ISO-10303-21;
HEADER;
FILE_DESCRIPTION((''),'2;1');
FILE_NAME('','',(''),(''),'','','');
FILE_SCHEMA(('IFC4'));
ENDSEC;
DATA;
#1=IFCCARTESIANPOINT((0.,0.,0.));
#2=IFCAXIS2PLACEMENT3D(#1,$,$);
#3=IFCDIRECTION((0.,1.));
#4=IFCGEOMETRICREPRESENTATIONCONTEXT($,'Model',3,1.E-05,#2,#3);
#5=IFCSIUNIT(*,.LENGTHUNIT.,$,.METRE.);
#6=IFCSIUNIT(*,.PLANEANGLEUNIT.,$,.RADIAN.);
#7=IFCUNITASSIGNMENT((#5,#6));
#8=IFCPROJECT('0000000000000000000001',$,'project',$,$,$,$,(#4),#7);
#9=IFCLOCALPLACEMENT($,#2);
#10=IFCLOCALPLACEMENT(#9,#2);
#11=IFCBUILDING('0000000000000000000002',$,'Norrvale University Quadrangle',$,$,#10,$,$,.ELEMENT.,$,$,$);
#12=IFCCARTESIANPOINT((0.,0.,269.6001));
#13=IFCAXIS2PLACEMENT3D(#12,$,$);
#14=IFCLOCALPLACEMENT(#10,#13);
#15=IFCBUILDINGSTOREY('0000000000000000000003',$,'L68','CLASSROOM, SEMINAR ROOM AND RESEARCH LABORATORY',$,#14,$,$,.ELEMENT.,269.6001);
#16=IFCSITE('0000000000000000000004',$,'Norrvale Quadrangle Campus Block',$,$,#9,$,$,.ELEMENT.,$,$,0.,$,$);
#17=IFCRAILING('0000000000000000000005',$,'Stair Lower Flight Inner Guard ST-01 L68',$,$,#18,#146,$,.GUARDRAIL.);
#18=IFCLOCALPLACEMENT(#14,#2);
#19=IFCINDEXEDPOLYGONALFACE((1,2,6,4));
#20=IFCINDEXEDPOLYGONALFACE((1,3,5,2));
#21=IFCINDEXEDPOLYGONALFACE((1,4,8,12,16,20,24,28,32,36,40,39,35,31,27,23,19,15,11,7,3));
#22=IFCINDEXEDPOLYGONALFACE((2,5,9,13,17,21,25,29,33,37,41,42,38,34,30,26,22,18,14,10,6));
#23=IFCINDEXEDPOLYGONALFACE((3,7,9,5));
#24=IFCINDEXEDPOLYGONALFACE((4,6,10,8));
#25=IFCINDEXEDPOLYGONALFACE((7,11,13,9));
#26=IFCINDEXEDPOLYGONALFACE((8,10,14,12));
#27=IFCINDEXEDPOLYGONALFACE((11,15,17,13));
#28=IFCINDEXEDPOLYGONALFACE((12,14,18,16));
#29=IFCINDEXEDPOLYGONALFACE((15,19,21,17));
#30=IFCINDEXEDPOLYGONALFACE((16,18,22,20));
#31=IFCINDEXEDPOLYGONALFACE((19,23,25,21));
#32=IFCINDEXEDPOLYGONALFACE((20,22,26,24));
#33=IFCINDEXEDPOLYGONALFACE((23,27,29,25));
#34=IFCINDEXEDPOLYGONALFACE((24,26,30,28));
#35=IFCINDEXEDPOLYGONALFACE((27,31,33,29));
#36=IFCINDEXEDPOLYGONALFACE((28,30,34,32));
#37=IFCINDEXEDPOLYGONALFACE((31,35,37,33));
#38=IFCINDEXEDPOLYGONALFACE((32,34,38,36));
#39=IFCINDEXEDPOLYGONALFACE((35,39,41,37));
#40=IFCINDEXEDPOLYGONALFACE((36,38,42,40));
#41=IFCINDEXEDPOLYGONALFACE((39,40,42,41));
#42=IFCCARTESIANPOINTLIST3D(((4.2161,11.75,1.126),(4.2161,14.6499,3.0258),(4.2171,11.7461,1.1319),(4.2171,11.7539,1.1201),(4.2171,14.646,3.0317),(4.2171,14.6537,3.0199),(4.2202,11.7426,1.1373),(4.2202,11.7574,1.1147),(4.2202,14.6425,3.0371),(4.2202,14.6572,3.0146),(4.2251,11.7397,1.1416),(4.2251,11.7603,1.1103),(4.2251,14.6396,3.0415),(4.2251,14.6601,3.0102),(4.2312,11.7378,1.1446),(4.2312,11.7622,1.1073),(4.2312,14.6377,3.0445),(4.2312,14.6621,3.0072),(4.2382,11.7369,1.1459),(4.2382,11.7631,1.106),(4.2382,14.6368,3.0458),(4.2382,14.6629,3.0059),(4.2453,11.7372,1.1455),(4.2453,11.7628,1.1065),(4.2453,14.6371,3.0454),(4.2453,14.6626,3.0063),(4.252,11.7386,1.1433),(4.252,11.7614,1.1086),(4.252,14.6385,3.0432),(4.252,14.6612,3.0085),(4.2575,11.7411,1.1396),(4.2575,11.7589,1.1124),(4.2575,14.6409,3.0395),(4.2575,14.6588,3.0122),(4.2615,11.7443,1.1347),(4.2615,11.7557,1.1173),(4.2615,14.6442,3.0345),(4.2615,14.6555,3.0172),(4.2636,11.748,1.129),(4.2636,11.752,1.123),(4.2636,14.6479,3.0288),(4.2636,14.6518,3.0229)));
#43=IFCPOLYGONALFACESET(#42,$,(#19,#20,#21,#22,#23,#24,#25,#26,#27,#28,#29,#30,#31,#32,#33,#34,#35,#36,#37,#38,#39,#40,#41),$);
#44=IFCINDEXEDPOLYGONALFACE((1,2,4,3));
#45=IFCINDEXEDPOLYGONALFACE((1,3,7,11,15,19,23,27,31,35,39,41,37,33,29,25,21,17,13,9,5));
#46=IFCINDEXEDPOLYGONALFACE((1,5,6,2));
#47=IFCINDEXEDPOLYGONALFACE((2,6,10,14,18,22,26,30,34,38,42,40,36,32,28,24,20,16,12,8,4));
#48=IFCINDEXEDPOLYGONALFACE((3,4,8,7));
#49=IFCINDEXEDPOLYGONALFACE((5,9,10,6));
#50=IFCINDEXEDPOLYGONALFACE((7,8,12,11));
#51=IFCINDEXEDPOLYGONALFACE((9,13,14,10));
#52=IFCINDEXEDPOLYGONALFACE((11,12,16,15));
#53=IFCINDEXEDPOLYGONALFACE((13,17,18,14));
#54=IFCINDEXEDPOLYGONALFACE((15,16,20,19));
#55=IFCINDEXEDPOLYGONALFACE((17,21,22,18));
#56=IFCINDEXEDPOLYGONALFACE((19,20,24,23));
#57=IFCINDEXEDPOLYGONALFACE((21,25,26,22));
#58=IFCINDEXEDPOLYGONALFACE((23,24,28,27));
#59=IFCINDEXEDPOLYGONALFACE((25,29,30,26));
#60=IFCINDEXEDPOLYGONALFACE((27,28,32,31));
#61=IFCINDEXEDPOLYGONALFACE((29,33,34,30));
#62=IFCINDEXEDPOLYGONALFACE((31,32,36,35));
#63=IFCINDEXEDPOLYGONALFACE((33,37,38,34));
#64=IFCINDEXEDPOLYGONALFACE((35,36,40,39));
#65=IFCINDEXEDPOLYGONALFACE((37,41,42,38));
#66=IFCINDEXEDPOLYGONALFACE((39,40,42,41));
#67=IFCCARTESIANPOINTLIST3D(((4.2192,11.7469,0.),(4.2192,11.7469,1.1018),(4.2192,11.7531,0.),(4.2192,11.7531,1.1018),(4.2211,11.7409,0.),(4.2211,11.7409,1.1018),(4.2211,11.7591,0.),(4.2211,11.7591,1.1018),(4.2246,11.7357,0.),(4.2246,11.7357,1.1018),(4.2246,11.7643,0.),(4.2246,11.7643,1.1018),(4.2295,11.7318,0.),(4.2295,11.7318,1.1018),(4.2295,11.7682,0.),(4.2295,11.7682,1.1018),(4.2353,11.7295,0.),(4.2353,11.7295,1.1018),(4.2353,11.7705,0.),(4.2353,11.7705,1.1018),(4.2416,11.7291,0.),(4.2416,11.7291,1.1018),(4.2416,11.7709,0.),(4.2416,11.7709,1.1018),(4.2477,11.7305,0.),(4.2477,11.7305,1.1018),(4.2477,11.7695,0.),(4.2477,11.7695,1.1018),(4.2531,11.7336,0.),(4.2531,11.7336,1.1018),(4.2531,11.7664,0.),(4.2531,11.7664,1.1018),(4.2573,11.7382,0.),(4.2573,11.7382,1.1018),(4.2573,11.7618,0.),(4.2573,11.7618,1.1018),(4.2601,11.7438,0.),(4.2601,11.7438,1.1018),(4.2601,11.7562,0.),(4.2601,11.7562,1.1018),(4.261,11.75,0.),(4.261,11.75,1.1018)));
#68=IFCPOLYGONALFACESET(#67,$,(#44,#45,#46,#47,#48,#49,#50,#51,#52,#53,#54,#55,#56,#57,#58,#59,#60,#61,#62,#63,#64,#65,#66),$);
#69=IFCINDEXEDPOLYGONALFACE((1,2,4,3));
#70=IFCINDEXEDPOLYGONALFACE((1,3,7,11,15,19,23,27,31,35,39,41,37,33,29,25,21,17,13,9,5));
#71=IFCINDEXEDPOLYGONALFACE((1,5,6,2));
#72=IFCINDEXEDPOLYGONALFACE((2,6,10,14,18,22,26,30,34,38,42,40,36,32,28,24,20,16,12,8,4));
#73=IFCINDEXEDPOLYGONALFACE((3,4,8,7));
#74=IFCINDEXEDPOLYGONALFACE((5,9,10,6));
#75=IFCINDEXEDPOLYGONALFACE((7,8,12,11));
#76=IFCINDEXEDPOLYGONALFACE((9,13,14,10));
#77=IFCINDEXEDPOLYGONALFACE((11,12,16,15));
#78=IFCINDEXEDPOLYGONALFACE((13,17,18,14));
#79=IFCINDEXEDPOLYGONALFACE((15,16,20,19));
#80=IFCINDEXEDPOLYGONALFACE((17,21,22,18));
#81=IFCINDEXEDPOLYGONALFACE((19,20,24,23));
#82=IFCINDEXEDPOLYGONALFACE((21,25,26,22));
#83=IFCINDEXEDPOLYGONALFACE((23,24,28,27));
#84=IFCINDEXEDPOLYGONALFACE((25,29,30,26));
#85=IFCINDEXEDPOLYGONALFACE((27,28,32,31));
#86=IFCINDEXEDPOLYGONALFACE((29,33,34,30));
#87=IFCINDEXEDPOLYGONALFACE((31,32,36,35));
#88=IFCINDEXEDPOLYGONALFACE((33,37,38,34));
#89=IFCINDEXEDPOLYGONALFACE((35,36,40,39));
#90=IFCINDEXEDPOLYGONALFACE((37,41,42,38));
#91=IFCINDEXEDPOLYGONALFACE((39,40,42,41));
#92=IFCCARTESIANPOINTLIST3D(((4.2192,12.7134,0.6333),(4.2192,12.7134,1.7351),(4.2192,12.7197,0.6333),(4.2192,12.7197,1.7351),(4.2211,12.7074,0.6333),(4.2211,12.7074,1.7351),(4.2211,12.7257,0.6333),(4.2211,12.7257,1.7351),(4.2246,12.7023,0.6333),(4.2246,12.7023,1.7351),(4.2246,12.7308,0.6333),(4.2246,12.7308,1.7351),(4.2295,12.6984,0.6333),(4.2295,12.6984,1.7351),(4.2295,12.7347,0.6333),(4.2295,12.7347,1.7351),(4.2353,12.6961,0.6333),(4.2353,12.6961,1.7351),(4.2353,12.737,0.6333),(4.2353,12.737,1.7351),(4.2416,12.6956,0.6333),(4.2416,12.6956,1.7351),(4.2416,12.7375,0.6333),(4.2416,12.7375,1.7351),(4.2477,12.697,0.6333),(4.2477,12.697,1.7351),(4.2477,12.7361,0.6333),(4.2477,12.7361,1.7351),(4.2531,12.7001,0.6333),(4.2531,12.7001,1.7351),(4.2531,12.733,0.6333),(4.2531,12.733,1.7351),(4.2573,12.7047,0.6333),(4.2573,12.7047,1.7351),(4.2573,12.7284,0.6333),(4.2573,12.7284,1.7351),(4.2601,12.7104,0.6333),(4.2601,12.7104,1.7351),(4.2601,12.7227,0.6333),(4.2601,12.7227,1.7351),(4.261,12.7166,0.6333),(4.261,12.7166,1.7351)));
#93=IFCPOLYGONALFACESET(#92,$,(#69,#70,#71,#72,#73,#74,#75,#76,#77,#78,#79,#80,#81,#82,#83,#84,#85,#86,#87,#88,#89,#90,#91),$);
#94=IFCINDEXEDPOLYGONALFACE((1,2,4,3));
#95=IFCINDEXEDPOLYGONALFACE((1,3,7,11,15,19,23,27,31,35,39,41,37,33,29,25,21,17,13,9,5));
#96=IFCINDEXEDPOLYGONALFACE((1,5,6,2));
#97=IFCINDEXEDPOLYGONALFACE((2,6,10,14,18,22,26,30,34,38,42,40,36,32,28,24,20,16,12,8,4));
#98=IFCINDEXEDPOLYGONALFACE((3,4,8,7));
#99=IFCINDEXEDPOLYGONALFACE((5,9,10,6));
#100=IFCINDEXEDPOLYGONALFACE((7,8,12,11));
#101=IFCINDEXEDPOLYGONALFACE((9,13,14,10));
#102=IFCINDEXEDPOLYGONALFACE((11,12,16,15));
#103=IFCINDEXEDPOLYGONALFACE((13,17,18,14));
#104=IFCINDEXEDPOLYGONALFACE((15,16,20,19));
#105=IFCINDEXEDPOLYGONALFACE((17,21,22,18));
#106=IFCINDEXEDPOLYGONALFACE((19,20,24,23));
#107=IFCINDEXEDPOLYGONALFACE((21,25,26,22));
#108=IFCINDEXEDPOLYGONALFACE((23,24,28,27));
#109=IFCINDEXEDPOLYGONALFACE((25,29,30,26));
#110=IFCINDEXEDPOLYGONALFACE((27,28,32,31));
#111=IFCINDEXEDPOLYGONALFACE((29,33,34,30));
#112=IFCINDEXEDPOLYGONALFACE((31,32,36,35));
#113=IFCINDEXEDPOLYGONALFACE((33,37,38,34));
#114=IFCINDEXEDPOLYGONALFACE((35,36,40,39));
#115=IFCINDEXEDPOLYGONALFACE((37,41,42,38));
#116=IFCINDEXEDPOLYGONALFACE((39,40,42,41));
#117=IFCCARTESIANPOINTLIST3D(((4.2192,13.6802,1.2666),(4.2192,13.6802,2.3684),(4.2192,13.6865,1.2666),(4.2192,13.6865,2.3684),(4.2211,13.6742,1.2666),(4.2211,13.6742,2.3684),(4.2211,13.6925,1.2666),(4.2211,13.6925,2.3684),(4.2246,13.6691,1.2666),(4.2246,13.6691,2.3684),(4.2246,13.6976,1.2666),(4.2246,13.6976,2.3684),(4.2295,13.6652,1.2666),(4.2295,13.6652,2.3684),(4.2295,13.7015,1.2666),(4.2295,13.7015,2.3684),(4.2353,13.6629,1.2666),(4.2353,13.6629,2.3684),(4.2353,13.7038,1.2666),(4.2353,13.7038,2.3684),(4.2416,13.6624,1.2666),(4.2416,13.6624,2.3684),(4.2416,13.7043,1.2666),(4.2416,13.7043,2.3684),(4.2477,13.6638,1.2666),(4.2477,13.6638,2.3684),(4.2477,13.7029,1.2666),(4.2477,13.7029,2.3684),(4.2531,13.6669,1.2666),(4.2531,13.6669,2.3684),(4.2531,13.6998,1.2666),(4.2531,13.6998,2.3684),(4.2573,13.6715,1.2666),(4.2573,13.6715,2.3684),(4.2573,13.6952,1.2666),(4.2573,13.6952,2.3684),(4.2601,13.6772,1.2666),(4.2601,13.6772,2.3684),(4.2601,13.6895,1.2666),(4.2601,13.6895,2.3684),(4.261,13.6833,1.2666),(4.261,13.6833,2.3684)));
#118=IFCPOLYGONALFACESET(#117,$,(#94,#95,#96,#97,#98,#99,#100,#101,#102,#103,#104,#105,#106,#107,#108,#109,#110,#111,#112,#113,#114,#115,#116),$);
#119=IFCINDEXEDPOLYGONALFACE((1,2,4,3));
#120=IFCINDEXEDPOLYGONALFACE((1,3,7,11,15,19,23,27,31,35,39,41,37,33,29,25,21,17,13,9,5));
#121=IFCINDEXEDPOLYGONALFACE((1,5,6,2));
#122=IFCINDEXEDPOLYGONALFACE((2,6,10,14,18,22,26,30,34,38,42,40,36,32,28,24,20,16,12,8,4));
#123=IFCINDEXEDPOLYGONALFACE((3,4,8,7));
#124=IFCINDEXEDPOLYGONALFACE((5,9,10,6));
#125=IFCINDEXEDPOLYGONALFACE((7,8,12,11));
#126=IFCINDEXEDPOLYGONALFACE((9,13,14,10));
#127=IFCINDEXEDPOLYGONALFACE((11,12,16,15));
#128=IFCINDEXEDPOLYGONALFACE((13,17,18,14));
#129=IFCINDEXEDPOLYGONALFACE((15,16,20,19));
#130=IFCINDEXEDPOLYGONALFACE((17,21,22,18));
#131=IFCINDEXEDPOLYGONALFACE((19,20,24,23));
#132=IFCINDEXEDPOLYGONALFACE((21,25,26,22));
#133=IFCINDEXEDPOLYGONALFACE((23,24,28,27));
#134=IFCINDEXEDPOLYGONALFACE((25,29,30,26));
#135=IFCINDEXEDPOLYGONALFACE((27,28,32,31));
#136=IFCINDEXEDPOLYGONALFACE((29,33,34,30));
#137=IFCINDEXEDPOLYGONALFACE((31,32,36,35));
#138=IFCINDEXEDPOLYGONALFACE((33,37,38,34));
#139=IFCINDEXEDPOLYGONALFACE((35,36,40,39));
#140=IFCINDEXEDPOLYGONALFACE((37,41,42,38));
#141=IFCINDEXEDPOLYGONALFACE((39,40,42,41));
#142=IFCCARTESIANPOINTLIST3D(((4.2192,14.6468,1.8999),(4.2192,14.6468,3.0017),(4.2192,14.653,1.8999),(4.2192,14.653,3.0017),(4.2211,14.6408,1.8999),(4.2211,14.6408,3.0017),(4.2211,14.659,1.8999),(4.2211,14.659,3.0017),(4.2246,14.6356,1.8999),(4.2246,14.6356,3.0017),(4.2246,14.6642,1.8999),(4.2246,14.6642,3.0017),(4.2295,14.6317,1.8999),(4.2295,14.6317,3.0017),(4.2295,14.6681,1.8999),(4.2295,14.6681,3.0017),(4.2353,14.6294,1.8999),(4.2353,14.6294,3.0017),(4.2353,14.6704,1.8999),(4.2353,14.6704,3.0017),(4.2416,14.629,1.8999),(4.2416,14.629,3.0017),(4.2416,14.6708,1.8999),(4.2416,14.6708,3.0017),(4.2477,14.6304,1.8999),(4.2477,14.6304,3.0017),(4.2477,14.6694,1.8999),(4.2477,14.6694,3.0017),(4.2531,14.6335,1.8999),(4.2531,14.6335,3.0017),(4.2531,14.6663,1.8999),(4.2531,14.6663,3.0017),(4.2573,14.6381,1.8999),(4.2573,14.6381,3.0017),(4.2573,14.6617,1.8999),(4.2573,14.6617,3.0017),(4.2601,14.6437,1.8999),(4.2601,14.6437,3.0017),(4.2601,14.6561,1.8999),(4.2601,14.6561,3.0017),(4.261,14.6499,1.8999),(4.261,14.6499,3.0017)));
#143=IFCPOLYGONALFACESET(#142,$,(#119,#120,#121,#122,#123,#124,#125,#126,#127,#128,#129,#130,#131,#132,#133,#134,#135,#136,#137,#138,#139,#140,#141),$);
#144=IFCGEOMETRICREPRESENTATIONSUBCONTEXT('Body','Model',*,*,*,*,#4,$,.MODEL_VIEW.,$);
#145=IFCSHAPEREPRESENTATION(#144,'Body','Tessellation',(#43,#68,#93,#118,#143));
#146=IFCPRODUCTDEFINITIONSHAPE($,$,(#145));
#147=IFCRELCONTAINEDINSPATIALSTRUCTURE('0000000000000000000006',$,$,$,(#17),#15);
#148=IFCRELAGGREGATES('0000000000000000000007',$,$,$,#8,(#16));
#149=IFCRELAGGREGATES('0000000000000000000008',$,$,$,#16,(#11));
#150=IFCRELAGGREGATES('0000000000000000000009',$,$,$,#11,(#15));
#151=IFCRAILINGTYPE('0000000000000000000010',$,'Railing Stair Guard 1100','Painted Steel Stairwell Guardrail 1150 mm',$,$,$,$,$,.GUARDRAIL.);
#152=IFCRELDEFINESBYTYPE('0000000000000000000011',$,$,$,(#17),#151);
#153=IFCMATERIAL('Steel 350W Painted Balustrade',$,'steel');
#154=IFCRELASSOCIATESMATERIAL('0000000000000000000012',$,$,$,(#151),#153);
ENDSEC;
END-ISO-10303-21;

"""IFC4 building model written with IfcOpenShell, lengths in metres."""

from ifc_helpers import new_model, si_unit, direction, frame, origin, origin_2d, place, context, subcontext, project, spatial, circle, extrude, material, type_object, element, save


model = new_model("IFC4")

# Units and contexts
model_context = context("Model", 3, precision=1e-05, world=origin(), true_north=direction((0.0, 1.0)))
body_context = subcontext(model_context, "Body", "Model", "MODEL_VIEW")
ifc_project = project(units=[si_unit("LENGTHUNIT", "METRE"), si_unit("PLANEANGLEUNIT", "RADIAN")], contexts=[model_context])

# Site, building, storey
site_placement = place(None, origin())
site = spatial("IfcSite", under=ifc_project, at=site_placement, Name="Norrvale Quadrangle Campus Block", CompositionType="ELEMENT", RefElevation=0.0)
building_placement = place(site_placement, origin())
building = spatial("IfcBuilding", under=site, at=building_placement, Name="Norrvale University Quadrangle", CompositionType="ELEMENT")
storey_placement = place(building_placement, frame((0.0, 0.0, 269.6001)))
storey = spatial("IfcBuildingStorey", under=building, at=storey_placement, Name="L68", Description="CLASSROOM, SEMINAR ROOM AND RESEARCH LABORATORY", CompositionType="ELEMENT", Elevation=269.6001)

# Railing
ifc_material_1 = material(Name="Steel 350W Painted Balustrade", Category="steel")
railing_type_1 = type_object("IfcRailingType", Name="Railing Stair Guard 1100", Description="Painted Steel Stairwell Guardrail 1150 mm", PredefinedType="GUARDRAIL", material=ifc_material_1)
railing_1_placement = place(storey_placement, frame((4.24, 11.75, 0.0)))
element("IfcRailing", 1, at=railing_1_placement, inside=storey, type_object=railing_type_1, Name="Stair Lower Flight Inner Guard ST-01 L68", PredefinedType="GUARDRAIL", context=body_context, shape_type="SweptSolid", body=[
    extrude(circle(Radius=0.0239, at=origin_2d()), frame((0.0, 0.0, 1.126), z_axis=(0.0, 0.836466, 0.548019), x_axis=(-1.0, 0.0, 0.0)), (0.0, 0.0, 1.0), 3.4668),
    extrude(circle(Radius=0.021, at=origin_2d()), origin(), (0.0, 0.0, 1.0), 1.1018),
    extrude(circle(Radius=0.021, at=origin_2d()), frame((0.0, 0.9666, 0.6333)), (0.0, 0.0, 1.0), 1.1018),
    extrude(circle(Radius=0.021, at=origin_2d()), frame((0.0, 1.9333, 1.2666)), (0.0, 0.0, 1.0), 1.1018),
    extrude(circle(Radius=0.021, at=origin_2d()), frame((0.0, 2.8999, 1.8999)), (0.0, 0.0, 1.0), 1.1018),
])

save(model, "model.ifc")
